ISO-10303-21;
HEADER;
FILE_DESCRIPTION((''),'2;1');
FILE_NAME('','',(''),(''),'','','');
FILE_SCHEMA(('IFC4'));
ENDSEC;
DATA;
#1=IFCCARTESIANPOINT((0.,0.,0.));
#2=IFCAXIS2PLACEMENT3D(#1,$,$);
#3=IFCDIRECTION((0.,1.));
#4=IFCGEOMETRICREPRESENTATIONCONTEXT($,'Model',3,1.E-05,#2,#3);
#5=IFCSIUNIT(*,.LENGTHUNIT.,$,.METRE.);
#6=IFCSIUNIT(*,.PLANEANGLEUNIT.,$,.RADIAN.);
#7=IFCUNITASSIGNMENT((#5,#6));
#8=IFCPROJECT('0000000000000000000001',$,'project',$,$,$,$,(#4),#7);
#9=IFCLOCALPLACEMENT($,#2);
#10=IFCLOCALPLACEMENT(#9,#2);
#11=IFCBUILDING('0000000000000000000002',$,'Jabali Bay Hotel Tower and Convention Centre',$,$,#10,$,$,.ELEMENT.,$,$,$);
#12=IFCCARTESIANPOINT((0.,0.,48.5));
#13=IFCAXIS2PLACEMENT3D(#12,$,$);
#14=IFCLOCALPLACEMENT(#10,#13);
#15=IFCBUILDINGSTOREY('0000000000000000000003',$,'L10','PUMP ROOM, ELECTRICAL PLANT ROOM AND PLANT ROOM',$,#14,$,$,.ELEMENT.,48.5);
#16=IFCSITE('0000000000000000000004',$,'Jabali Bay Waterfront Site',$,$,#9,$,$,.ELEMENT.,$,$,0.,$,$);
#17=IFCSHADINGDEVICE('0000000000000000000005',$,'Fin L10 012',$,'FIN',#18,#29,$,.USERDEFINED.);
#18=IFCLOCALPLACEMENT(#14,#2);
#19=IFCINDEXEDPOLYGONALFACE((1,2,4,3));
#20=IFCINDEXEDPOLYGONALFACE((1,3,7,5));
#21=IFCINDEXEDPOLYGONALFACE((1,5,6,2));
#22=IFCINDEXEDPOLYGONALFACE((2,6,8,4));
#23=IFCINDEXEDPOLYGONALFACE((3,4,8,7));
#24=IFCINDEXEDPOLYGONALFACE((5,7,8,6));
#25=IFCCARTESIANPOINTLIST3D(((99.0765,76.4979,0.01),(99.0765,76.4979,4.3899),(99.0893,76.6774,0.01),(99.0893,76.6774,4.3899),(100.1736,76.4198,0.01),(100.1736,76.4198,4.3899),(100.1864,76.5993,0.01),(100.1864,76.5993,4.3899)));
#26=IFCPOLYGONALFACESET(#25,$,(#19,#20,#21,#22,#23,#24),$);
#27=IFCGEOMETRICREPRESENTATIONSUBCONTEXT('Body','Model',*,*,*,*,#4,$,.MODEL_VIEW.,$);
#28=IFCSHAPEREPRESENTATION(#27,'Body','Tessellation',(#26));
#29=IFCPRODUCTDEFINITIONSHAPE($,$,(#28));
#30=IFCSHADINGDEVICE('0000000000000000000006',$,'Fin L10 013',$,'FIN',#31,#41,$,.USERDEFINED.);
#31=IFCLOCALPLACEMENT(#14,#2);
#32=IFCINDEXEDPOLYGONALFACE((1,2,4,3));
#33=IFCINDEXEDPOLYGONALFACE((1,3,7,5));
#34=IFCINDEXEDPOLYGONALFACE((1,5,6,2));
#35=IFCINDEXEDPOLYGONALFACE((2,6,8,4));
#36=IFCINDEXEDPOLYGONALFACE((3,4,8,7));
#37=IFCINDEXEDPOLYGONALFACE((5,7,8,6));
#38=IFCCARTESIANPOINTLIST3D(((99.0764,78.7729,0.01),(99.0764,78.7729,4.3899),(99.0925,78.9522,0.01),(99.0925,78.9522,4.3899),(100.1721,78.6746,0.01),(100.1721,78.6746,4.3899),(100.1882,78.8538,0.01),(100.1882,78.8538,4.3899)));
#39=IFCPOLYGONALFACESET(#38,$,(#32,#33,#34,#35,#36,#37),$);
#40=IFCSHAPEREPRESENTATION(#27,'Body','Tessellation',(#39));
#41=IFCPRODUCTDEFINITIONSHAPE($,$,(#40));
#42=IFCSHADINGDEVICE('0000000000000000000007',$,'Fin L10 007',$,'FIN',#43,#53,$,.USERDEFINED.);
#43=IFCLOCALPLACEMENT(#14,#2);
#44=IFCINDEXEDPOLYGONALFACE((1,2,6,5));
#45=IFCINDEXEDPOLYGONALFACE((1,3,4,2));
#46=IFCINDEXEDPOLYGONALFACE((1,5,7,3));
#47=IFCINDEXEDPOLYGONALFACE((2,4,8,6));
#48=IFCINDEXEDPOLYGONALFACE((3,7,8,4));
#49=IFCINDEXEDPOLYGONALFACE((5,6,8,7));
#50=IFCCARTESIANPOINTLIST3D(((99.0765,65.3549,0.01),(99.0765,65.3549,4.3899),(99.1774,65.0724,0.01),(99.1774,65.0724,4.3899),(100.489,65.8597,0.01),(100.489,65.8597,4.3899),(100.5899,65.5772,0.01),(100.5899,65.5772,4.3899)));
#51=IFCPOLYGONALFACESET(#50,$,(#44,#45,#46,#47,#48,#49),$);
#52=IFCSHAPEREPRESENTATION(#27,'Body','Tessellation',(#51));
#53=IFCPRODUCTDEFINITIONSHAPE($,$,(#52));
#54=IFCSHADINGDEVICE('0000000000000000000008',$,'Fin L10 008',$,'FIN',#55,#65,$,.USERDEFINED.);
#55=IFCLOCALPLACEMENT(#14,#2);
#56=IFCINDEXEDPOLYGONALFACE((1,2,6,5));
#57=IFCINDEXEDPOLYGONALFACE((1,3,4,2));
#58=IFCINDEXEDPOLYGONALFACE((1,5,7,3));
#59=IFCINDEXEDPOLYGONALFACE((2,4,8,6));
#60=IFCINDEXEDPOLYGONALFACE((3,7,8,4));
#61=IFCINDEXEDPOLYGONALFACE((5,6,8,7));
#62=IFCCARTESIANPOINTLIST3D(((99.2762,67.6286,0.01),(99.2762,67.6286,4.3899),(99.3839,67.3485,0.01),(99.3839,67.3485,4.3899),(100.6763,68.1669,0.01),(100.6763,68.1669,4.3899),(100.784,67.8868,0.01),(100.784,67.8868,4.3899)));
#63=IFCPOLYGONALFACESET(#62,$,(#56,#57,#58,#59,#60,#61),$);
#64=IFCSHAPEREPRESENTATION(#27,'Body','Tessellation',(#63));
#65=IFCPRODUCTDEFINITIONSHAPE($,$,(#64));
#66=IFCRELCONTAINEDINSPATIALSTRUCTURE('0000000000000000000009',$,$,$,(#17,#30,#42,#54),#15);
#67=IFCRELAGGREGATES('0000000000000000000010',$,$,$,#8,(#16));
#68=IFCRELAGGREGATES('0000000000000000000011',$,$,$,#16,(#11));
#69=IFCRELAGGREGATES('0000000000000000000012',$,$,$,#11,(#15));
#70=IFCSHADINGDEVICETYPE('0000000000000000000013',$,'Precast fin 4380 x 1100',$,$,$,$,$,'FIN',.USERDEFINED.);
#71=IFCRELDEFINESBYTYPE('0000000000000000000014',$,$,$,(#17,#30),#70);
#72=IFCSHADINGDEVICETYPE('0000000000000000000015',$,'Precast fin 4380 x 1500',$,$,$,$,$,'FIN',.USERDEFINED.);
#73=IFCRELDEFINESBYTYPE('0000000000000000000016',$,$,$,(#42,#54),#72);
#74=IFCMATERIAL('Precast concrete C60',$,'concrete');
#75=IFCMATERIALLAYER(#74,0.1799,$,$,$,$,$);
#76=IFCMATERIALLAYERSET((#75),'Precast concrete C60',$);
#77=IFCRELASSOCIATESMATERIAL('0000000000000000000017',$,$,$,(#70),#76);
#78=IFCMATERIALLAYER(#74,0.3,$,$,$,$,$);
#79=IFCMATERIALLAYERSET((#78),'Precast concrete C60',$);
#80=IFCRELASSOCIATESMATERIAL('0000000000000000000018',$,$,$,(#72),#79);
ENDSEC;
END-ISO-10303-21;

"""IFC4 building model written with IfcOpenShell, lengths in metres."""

from ifc_helpers import new_model, si_unit, direction, frame, frame_2d, origin, place, context, subcontext, project, spatial, rectangle, extrude, material, layer, layer_set, type_object, element, save


model = new_model("IFC4")

# Units and contexts
model_context = context("Model", 3, precision=1e-05, world=origin(), true_north=direction((0.0, 1.0)))
body_context = subcontext(model_context, "Body", "Model", "MODEL_VIEW")
ifc_project = project(units=[si_unit("LENGTHUNIT", "METRE"), si_unit("PLANEANGLEUNIT", "RADIAN")], contexts=[model_context])

# Site, building, storey
site_placement = place(None, origin())
site = spatial("IfcSite", under=ifc_project, at=site_placement, Name="Jabali Bay Waterfront Site", CompositionType="ELEMENT", RefElevation=0.0)
building_placement = place(site_placement, origin())
building = spatial("IfcBuilding", under=site, at=building_placement, Name="Jabali Bay Hotel Tower and Convention Centre", CompositionType="ELEMENT")
storey_placement = place(building_placement, frame((0.0, 0.0, 48.5)))
storey = spatial("IfcBuildingStorey", under=building, at=storey_placement, Name="L10", Description="PUMP ROOM, ELECTRICAL PLANT ROOM AND PLANT ROOM", CompositionType="ELEMENT", Elevation=48.5)

# Shading devices
ifc_material_1 = material(Name="Precast concrete C60", Category="concrete")
ifc_layer_1 = layer(ifc_material_1, 0.1799)
ifc_layer_set_1 = layer_set([ifc_layer_1], Name="Precast concrete C60")
shading_device_type_1 = type_object("IfcShadingDeviceType", Name="Precast fin 4380 x 1100", ElementType="FIN", PredefinedType="USERDEFINED", material=ifc_layer_set_1)
shading_device_1_placement = place(storey_placement, frame((99.083, 76.5876, 0.01), z_axis=(0.0, 0.0, 1.0), x_axis=(0.997474, -0.071026, 0.0)))
element("IfcShadingDevice", 1, at=shading_device_1_placement, inside=storey, type_object=shading_device_type_1, Name="Fin L10 012", ObjectType="FIN", PredefinedType="USERDEFINED", context=body_context, shape_type="SweptSolid", body=[
    extrude(rectangle(XDim=1.0999, YDim=0.1799, at=frame_2d((0.5498, 0.0))), origin(), (0.0, 0.0, 1.0), 4.3799),
])
shading_device_2_placement = place(storey_placement, frame((99.0845, 78.8625, 0.01), z_axis=(0.0, 0.0, 1.0), x_axis=(0.995993, -0.089435, 0.0)))
element("IfcShadingDevice", 2, at=shading_device_2_placement, inside=storey, type_object=shading_device_type_1, Name="Fin L10 013", ObjectType="FIN", PredefinedType="USERDEFINED", context=body_context, shape_type="SweptSolid", body=[
    extrude(rectangle(XDim=1.1001, YDim=0.1799, at=frame_2d((0.55, 0.0))), origin(), (0.0, 0.0, 1.0), 4.3799),
])
ifc_layer_2 = layer(ifc_material_1, 0.3)
ifc_layer_set_2 = layer_set([ifc_layer_2], Name="Precast concrete C60")
shading_device_type_2 = type_object("IfcShadingDeviceType", Name="Precast fin 4380 x 1500", ElementType="FIN", PredefinedType="USERDEFINED", material=ifc_layer_set_2)
for number, where, z_axis, x_axis, name in (
    (3, (99.127, 65.2136, 0.01), (0.0, 0.0, 1.0), (0.941661, 0.336563, 0.0), "Fin L10 007"),
    (4, (99.3301, 67.4885, 0.01), (0.0, 0.0, 1.0), (0.933388, 0.35887, 0.0), "Fin L10 008"),
):
    element("IfcShadingDevice", number, at=place(storey_placement, frame(where, z_axis=z_axis, x_axis=x_axis)), inside=storey, type_object=shading_device_type_2, Name=name, ObjectType="FIN", PredefinedType="USERDEFINED", context=body_context, shape_type="SweptSolid", body=[
        extrude(rectangle(XDim=1.5, YDim=0.3, at=frame_2d((0.75, 0.0))), origin(), (0.0, 0.0, 1.0), 4.3799),
    ])

save(model, "model.ifc")
